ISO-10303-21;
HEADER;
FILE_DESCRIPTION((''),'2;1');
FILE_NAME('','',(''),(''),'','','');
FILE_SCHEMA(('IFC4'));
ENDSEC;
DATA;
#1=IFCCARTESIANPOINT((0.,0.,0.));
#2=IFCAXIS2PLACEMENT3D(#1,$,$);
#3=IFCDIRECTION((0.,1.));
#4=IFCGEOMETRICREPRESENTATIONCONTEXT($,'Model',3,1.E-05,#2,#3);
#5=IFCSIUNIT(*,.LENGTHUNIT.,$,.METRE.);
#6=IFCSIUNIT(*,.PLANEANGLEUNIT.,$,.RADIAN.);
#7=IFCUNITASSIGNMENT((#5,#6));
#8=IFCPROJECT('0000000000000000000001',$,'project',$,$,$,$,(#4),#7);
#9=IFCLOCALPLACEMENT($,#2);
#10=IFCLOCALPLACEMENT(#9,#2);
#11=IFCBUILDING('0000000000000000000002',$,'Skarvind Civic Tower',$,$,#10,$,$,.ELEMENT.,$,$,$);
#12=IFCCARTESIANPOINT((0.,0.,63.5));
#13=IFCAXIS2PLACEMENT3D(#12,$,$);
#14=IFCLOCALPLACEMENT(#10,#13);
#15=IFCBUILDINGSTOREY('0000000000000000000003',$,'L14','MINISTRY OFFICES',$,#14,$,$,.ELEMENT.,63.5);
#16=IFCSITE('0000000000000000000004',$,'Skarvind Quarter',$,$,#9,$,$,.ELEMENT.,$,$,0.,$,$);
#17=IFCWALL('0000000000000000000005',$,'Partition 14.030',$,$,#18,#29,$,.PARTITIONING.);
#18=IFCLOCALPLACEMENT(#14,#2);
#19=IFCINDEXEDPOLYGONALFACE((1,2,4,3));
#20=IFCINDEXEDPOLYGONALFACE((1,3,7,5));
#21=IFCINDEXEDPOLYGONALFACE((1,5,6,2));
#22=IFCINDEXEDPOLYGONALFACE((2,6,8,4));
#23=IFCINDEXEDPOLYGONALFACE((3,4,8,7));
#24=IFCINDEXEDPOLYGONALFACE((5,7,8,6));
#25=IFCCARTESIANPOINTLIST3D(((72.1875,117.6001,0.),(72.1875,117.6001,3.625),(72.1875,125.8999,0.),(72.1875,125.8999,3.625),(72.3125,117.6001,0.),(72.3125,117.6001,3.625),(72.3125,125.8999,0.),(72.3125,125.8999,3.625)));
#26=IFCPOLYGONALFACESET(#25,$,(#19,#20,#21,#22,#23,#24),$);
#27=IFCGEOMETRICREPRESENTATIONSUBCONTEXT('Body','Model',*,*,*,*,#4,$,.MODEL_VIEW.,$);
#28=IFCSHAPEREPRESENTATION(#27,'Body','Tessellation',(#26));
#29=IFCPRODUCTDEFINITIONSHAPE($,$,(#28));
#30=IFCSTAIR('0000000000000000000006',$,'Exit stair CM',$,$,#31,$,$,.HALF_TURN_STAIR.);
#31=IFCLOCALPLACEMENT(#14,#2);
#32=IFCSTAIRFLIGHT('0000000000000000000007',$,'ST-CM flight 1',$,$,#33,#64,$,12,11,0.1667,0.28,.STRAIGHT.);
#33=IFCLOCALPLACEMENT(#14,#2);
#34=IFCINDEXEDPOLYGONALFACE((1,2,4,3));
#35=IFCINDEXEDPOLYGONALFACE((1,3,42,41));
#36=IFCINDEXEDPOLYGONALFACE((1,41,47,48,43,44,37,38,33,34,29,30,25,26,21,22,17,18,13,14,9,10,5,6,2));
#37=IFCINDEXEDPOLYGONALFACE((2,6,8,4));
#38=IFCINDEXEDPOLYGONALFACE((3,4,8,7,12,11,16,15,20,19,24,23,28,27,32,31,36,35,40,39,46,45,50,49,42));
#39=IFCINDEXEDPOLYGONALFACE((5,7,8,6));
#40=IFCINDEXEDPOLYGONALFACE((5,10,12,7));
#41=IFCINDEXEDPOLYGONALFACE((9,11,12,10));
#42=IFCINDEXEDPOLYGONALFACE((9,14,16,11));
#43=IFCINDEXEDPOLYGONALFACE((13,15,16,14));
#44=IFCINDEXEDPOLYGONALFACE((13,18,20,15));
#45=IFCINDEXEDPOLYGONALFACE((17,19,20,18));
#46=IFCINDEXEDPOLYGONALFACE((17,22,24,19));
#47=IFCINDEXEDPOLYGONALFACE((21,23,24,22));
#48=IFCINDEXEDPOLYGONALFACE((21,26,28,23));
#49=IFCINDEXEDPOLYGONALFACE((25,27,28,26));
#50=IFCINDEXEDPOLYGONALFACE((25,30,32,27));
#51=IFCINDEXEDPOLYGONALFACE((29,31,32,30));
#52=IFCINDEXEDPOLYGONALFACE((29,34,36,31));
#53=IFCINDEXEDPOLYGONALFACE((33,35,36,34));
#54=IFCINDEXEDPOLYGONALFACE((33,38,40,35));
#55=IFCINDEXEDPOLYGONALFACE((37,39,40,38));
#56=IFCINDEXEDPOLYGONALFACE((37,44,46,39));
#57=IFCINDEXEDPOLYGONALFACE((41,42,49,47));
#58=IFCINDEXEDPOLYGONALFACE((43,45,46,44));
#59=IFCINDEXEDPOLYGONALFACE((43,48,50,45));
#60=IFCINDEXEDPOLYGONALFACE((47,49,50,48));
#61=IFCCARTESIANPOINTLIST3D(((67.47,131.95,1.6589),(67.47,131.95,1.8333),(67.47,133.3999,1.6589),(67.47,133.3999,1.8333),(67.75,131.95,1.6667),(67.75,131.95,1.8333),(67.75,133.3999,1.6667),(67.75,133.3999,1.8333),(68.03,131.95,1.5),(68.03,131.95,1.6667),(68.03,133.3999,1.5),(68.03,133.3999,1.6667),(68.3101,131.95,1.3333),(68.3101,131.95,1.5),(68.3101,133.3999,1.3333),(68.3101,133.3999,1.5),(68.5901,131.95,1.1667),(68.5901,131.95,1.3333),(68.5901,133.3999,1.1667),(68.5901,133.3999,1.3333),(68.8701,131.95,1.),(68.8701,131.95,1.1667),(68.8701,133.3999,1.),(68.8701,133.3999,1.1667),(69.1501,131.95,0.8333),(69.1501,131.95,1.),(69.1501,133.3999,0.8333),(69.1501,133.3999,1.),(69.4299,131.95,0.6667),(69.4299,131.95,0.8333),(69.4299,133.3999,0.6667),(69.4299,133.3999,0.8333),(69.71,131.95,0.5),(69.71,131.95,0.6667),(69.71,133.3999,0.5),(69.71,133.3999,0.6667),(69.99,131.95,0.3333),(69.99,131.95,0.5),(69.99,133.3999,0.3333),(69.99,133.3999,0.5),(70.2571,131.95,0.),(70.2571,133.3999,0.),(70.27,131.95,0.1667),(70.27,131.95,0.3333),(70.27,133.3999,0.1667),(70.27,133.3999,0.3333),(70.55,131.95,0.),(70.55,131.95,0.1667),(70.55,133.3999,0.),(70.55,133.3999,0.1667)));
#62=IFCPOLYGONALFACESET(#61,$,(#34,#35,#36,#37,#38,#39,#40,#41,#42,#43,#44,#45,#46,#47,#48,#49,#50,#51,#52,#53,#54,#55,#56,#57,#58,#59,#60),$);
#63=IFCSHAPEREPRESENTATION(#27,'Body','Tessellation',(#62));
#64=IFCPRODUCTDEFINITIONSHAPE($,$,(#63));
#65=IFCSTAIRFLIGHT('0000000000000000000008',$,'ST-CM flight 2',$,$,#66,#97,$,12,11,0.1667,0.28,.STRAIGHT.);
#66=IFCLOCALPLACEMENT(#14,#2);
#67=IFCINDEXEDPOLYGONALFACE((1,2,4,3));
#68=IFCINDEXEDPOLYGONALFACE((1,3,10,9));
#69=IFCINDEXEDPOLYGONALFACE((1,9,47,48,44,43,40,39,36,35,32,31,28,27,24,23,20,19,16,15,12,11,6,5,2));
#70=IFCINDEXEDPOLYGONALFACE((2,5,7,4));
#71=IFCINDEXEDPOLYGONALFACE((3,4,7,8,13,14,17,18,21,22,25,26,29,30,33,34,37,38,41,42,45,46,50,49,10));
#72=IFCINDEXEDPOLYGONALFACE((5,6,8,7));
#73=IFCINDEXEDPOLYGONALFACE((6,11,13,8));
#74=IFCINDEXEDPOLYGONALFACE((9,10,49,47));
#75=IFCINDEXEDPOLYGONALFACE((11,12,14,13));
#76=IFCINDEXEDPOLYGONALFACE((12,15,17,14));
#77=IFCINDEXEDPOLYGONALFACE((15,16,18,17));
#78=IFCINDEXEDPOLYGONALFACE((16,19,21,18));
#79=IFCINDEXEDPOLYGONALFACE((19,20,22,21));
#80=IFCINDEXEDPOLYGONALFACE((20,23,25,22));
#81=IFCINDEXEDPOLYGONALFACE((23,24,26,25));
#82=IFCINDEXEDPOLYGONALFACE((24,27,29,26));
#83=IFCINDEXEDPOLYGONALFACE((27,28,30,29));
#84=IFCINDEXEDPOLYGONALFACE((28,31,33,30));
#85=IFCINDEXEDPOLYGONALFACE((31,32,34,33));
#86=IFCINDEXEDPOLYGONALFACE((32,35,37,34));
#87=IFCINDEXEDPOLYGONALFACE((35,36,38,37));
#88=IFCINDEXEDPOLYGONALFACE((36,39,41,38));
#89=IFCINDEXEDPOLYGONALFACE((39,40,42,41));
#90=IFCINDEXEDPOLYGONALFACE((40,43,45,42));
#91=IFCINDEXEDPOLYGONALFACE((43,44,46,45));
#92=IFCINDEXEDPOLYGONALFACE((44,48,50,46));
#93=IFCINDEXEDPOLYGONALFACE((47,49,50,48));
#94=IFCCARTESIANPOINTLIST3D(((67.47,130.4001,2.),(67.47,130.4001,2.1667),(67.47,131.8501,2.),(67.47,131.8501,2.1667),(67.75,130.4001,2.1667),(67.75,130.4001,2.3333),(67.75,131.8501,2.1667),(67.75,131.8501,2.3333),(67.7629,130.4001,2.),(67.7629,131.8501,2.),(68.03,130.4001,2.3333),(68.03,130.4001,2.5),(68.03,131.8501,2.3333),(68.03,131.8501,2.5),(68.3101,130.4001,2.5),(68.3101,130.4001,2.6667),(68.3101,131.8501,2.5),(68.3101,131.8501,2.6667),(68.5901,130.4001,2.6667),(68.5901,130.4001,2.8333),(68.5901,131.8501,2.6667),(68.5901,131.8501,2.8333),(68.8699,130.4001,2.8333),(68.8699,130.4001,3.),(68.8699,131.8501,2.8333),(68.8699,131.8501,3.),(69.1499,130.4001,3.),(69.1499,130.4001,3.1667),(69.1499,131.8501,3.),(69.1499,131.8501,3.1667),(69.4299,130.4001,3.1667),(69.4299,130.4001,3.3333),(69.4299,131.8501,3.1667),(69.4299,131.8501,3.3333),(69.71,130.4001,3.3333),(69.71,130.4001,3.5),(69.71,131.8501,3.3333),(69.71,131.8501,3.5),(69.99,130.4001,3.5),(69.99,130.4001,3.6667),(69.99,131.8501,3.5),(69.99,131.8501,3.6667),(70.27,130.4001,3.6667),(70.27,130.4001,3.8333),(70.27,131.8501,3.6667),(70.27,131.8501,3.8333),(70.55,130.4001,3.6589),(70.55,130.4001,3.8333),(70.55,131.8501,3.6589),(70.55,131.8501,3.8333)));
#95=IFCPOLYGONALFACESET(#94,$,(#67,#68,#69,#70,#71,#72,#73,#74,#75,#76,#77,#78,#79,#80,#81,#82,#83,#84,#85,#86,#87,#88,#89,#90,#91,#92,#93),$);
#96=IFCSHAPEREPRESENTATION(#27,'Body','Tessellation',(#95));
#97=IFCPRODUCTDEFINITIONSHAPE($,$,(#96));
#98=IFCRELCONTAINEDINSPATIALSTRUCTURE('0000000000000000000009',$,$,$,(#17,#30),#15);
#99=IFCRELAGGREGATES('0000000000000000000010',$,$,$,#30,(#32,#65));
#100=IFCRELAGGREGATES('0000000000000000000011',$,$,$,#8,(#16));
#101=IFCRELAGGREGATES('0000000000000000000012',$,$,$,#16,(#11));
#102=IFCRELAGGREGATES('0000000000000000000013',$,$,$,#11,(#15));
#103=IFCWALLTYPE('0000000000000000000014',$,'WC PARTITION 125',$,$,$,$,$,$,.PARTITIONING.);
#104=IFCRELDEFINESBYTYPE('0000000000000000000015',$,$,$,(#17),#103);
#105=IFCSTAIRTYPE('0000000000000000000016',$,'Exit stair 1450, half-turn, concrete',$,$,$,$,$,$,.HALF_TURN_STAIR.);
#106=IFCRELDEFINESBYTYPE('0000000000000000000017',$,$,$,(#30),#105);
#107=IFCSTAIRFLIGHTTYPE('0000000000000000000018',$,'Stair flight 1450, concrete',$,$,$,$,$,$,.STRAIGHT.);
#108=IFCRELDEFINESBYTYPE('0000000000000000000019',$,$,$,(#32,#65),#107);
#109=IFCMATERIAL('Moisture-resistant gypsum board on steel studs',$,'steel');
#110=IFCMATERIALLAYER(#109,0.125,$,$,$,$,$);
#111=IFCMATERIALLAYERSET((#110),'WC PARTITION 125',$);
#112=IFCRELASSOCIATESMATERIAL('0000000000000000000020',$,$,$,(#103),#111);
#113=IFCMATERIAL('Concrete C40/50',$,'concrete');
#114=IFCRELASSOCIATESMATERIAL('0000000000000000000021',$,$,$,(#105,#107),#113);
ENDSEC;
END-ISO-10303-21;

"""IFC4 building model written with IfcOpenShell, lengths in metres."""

from ifc_helpers import new_model, si_unit, direction, frame, frame_2d, origin, place, context, subcontext, project, spatial, polyline, rectangle, outline, extrude, material, layer, layer_set, type_object, element, aggregate, save


model = new_model("IFC4")

# Units and contexts
model_context = context("Model", 3, precision=1e-05, world=origin(), true_north=direction((0.0, 1.0)))
body_context = subcontext(model_context, "Body", "Model", "MODEL_VIEW")
ifc_project = project(units=[si_unit("LENGTHUNIT", "METRE"), si_unit("PLANEANGLEUNIT", "RADIAN")], contexts=[model_context])

# Site, building, storey
site_placement = place(None, origin())
site = spatial("IfcSite", under=ifc_project, at=site_placement, Name="Skarvind Quarter", CompositionType="ELEMENT", RefElevation=0.0)
building_placement = place(site_placement, origin())
building = spatial("IfcBuilding", under=site, at=building_placement, Name="Skarvind Civic Tower", CompositionType="ELEMENT")
storey_placement = place(building_placement, frame((0.0, 0.0, 63.5)))
storey = spatial("IfcBuildingStorey", under=building, at=storey_placement, Name="L14", Description="MINISTRY OFFICES", CompositionType="ELEMENT", Elevation=63.5)

# Wall
ifc_material_1 = material(Name="Moisture-resistant gypsum board on steel studs", Category="steel")
ifc_layer_1 = layer(ifc_material_1, 0.125)
ifc_layer_set_1 = layer_set([ifc_layer_1], Name="WC PARTITION 125")
wall_type_1 = type_object("IfcWallType", Name="WC PARTITION 125", PredefinedType="PARTITIONING", material=ifc_layer_set_1)
wall_1_placement = place(storey_placement, frame((72.25, 117.6001, 0.0), z_axis=(0.0, 0.0, 1.0), x_axis=(0.0, 1.0, 0.0)))
element("IfcWall", 1, at=wall_1_placement, inside=storey, type_object=wall_type_1, Name="Partition 14.030", PredefinedType="PARTITIONING", context=body_context, shape_type="SweptSolid", body=[
    extrude(rectangle(XDim=8.2998, YDim=0.125, at=frame_2d((4.1499, 0.0))), origin(), (0.0, 0.0, 1.0), 3.625),
])

# Stair, stair flights
ifc_material_2 = material(Name="Concrete C40/50", Category="concrete")
stair_type = type_object("IfcStairType", Name="Exit stair 1450, half-turn, concrete", PredefinedType="HALF_TURN_STAIR", material=ifc_material_2)
stair_placement = place(storey_placement, origin())
stair = element("IfcStair", 2, at=stair_placement, inside=storey, type_object=stair_type, Name="Exit stair CM", PredefinedType="HALF_TURN_STAIR")
stair_flight_type = type_object("IfcStairFlightType", Name="Stair flight 1450, concrete", PredefinedType="STRAIGHT", material=ifc_material_2)
stair_flight_1_placement = place(storey_placement, frame((70.55, 132.675, 0.0), z_axis=(0.0, 0.0, 1.0), x_axis=(-1.0, 0.0, 0.0)))
stair_flight_1 = element("IfcStairFlight", 3, at=stair_flight_1_placement, type_object=stair_flight_type, Name="ST-CM flight 1", NumberOfRisers=12, NumberOfTreads=11, PredefinedType="STRAIGHT", RiserHeight=0.1667, TreadLength=0.28, context=body_context, shape_type="SweptSolid", body=[
    extrude(outline(polyline([(0.0, 0.0), (0.0, 0.1667), (0.28, 0.1667), (0.28, 0.3333), (0.5601, 0.3333), (0.5601, 0.5), (0.8401, 0.5), (0.8401, 0.6667), (1.1201, 0.6667), (1.1201, 0.8333), (1.3999, 0.8333), (1.3999, 1.0), (1.6799, 1.0), (1.6799, 1.1667), (1.96, 1.1667), (1.96, 1.3333), (2.24, 1.3333), (2.24, 1.5), (2.52, 1.5), (2.52, 1.6667), (2.8, 1.6667), (2.8, 1.8333), (3.0801, 1.8333), (3.0801, 2.0), (3.0801, 1.6589), (0.293, 0.0), (0.0, 0.0)])), frame((0.0, 0.7251, 0.0), z_axis=(0.0, -1.0, 0.0), x_axis=(1.0, 0.0, 0.0)), (0.0, 0.0, 1.0), 1.45),
])
stair_flight_2_placement = place(storey_placement, frame((67.47, 131.125, 2.0), z_axis=(0.0, 0.0, 1.0), x_axis=(1.0, 0.0, 0.0)))
stair_flight_2 = element("IfcStairFlight", 4, at=stair_flight_2_placement, type_object=stair_flight_type, Name="ST-CM flight 2", NumberOfRisers=12, NumberOfTreads=11, PredefinedType="STRAIGHT", RiserHeight=0.1667, TreadLength=0.28, context=body_context, shape_type="SweptSolid", body=[
    extrude(outline(polyline([(0.0, 0.0), (0.0, 0.1667), (0.28, 0.1667), (0.28, 0.3333), (0.5601, 0.3333), (0.5601, 0.5), (0.8401, 0.5), (0.8401, 0.6667), (1.1201, 0.6667), (1.1201, 0.8333), (1.3999, 0.8333), (1.3999, 1.0), (1.6799, 1.0), (1.6799, 1.1667), (1.96, 1.1667), (1.96, 1.3333), (2.24, 1.3333), (2.24, 1.5), (2.52, 1.5), (2.52, 1.6667), (2.8, 1.6667), (2.8, 1.8333), (3.0801, 1.8333), (3.0801, 2.0), (3.0801, 1.6589), (0.293, 0.0), (0.0, 0.0)])), frame((0.0, 0.7251, 0.0), z_axis=(0.0, -1.0, 0.0), x_axis=(1.0, 0.0, 0.0)), (0.0, 0.0, 1.0), 1.45),
])
aggregate(stair, [stair_flight_1, stair_flight_2])

save(model, "model.ifc")
